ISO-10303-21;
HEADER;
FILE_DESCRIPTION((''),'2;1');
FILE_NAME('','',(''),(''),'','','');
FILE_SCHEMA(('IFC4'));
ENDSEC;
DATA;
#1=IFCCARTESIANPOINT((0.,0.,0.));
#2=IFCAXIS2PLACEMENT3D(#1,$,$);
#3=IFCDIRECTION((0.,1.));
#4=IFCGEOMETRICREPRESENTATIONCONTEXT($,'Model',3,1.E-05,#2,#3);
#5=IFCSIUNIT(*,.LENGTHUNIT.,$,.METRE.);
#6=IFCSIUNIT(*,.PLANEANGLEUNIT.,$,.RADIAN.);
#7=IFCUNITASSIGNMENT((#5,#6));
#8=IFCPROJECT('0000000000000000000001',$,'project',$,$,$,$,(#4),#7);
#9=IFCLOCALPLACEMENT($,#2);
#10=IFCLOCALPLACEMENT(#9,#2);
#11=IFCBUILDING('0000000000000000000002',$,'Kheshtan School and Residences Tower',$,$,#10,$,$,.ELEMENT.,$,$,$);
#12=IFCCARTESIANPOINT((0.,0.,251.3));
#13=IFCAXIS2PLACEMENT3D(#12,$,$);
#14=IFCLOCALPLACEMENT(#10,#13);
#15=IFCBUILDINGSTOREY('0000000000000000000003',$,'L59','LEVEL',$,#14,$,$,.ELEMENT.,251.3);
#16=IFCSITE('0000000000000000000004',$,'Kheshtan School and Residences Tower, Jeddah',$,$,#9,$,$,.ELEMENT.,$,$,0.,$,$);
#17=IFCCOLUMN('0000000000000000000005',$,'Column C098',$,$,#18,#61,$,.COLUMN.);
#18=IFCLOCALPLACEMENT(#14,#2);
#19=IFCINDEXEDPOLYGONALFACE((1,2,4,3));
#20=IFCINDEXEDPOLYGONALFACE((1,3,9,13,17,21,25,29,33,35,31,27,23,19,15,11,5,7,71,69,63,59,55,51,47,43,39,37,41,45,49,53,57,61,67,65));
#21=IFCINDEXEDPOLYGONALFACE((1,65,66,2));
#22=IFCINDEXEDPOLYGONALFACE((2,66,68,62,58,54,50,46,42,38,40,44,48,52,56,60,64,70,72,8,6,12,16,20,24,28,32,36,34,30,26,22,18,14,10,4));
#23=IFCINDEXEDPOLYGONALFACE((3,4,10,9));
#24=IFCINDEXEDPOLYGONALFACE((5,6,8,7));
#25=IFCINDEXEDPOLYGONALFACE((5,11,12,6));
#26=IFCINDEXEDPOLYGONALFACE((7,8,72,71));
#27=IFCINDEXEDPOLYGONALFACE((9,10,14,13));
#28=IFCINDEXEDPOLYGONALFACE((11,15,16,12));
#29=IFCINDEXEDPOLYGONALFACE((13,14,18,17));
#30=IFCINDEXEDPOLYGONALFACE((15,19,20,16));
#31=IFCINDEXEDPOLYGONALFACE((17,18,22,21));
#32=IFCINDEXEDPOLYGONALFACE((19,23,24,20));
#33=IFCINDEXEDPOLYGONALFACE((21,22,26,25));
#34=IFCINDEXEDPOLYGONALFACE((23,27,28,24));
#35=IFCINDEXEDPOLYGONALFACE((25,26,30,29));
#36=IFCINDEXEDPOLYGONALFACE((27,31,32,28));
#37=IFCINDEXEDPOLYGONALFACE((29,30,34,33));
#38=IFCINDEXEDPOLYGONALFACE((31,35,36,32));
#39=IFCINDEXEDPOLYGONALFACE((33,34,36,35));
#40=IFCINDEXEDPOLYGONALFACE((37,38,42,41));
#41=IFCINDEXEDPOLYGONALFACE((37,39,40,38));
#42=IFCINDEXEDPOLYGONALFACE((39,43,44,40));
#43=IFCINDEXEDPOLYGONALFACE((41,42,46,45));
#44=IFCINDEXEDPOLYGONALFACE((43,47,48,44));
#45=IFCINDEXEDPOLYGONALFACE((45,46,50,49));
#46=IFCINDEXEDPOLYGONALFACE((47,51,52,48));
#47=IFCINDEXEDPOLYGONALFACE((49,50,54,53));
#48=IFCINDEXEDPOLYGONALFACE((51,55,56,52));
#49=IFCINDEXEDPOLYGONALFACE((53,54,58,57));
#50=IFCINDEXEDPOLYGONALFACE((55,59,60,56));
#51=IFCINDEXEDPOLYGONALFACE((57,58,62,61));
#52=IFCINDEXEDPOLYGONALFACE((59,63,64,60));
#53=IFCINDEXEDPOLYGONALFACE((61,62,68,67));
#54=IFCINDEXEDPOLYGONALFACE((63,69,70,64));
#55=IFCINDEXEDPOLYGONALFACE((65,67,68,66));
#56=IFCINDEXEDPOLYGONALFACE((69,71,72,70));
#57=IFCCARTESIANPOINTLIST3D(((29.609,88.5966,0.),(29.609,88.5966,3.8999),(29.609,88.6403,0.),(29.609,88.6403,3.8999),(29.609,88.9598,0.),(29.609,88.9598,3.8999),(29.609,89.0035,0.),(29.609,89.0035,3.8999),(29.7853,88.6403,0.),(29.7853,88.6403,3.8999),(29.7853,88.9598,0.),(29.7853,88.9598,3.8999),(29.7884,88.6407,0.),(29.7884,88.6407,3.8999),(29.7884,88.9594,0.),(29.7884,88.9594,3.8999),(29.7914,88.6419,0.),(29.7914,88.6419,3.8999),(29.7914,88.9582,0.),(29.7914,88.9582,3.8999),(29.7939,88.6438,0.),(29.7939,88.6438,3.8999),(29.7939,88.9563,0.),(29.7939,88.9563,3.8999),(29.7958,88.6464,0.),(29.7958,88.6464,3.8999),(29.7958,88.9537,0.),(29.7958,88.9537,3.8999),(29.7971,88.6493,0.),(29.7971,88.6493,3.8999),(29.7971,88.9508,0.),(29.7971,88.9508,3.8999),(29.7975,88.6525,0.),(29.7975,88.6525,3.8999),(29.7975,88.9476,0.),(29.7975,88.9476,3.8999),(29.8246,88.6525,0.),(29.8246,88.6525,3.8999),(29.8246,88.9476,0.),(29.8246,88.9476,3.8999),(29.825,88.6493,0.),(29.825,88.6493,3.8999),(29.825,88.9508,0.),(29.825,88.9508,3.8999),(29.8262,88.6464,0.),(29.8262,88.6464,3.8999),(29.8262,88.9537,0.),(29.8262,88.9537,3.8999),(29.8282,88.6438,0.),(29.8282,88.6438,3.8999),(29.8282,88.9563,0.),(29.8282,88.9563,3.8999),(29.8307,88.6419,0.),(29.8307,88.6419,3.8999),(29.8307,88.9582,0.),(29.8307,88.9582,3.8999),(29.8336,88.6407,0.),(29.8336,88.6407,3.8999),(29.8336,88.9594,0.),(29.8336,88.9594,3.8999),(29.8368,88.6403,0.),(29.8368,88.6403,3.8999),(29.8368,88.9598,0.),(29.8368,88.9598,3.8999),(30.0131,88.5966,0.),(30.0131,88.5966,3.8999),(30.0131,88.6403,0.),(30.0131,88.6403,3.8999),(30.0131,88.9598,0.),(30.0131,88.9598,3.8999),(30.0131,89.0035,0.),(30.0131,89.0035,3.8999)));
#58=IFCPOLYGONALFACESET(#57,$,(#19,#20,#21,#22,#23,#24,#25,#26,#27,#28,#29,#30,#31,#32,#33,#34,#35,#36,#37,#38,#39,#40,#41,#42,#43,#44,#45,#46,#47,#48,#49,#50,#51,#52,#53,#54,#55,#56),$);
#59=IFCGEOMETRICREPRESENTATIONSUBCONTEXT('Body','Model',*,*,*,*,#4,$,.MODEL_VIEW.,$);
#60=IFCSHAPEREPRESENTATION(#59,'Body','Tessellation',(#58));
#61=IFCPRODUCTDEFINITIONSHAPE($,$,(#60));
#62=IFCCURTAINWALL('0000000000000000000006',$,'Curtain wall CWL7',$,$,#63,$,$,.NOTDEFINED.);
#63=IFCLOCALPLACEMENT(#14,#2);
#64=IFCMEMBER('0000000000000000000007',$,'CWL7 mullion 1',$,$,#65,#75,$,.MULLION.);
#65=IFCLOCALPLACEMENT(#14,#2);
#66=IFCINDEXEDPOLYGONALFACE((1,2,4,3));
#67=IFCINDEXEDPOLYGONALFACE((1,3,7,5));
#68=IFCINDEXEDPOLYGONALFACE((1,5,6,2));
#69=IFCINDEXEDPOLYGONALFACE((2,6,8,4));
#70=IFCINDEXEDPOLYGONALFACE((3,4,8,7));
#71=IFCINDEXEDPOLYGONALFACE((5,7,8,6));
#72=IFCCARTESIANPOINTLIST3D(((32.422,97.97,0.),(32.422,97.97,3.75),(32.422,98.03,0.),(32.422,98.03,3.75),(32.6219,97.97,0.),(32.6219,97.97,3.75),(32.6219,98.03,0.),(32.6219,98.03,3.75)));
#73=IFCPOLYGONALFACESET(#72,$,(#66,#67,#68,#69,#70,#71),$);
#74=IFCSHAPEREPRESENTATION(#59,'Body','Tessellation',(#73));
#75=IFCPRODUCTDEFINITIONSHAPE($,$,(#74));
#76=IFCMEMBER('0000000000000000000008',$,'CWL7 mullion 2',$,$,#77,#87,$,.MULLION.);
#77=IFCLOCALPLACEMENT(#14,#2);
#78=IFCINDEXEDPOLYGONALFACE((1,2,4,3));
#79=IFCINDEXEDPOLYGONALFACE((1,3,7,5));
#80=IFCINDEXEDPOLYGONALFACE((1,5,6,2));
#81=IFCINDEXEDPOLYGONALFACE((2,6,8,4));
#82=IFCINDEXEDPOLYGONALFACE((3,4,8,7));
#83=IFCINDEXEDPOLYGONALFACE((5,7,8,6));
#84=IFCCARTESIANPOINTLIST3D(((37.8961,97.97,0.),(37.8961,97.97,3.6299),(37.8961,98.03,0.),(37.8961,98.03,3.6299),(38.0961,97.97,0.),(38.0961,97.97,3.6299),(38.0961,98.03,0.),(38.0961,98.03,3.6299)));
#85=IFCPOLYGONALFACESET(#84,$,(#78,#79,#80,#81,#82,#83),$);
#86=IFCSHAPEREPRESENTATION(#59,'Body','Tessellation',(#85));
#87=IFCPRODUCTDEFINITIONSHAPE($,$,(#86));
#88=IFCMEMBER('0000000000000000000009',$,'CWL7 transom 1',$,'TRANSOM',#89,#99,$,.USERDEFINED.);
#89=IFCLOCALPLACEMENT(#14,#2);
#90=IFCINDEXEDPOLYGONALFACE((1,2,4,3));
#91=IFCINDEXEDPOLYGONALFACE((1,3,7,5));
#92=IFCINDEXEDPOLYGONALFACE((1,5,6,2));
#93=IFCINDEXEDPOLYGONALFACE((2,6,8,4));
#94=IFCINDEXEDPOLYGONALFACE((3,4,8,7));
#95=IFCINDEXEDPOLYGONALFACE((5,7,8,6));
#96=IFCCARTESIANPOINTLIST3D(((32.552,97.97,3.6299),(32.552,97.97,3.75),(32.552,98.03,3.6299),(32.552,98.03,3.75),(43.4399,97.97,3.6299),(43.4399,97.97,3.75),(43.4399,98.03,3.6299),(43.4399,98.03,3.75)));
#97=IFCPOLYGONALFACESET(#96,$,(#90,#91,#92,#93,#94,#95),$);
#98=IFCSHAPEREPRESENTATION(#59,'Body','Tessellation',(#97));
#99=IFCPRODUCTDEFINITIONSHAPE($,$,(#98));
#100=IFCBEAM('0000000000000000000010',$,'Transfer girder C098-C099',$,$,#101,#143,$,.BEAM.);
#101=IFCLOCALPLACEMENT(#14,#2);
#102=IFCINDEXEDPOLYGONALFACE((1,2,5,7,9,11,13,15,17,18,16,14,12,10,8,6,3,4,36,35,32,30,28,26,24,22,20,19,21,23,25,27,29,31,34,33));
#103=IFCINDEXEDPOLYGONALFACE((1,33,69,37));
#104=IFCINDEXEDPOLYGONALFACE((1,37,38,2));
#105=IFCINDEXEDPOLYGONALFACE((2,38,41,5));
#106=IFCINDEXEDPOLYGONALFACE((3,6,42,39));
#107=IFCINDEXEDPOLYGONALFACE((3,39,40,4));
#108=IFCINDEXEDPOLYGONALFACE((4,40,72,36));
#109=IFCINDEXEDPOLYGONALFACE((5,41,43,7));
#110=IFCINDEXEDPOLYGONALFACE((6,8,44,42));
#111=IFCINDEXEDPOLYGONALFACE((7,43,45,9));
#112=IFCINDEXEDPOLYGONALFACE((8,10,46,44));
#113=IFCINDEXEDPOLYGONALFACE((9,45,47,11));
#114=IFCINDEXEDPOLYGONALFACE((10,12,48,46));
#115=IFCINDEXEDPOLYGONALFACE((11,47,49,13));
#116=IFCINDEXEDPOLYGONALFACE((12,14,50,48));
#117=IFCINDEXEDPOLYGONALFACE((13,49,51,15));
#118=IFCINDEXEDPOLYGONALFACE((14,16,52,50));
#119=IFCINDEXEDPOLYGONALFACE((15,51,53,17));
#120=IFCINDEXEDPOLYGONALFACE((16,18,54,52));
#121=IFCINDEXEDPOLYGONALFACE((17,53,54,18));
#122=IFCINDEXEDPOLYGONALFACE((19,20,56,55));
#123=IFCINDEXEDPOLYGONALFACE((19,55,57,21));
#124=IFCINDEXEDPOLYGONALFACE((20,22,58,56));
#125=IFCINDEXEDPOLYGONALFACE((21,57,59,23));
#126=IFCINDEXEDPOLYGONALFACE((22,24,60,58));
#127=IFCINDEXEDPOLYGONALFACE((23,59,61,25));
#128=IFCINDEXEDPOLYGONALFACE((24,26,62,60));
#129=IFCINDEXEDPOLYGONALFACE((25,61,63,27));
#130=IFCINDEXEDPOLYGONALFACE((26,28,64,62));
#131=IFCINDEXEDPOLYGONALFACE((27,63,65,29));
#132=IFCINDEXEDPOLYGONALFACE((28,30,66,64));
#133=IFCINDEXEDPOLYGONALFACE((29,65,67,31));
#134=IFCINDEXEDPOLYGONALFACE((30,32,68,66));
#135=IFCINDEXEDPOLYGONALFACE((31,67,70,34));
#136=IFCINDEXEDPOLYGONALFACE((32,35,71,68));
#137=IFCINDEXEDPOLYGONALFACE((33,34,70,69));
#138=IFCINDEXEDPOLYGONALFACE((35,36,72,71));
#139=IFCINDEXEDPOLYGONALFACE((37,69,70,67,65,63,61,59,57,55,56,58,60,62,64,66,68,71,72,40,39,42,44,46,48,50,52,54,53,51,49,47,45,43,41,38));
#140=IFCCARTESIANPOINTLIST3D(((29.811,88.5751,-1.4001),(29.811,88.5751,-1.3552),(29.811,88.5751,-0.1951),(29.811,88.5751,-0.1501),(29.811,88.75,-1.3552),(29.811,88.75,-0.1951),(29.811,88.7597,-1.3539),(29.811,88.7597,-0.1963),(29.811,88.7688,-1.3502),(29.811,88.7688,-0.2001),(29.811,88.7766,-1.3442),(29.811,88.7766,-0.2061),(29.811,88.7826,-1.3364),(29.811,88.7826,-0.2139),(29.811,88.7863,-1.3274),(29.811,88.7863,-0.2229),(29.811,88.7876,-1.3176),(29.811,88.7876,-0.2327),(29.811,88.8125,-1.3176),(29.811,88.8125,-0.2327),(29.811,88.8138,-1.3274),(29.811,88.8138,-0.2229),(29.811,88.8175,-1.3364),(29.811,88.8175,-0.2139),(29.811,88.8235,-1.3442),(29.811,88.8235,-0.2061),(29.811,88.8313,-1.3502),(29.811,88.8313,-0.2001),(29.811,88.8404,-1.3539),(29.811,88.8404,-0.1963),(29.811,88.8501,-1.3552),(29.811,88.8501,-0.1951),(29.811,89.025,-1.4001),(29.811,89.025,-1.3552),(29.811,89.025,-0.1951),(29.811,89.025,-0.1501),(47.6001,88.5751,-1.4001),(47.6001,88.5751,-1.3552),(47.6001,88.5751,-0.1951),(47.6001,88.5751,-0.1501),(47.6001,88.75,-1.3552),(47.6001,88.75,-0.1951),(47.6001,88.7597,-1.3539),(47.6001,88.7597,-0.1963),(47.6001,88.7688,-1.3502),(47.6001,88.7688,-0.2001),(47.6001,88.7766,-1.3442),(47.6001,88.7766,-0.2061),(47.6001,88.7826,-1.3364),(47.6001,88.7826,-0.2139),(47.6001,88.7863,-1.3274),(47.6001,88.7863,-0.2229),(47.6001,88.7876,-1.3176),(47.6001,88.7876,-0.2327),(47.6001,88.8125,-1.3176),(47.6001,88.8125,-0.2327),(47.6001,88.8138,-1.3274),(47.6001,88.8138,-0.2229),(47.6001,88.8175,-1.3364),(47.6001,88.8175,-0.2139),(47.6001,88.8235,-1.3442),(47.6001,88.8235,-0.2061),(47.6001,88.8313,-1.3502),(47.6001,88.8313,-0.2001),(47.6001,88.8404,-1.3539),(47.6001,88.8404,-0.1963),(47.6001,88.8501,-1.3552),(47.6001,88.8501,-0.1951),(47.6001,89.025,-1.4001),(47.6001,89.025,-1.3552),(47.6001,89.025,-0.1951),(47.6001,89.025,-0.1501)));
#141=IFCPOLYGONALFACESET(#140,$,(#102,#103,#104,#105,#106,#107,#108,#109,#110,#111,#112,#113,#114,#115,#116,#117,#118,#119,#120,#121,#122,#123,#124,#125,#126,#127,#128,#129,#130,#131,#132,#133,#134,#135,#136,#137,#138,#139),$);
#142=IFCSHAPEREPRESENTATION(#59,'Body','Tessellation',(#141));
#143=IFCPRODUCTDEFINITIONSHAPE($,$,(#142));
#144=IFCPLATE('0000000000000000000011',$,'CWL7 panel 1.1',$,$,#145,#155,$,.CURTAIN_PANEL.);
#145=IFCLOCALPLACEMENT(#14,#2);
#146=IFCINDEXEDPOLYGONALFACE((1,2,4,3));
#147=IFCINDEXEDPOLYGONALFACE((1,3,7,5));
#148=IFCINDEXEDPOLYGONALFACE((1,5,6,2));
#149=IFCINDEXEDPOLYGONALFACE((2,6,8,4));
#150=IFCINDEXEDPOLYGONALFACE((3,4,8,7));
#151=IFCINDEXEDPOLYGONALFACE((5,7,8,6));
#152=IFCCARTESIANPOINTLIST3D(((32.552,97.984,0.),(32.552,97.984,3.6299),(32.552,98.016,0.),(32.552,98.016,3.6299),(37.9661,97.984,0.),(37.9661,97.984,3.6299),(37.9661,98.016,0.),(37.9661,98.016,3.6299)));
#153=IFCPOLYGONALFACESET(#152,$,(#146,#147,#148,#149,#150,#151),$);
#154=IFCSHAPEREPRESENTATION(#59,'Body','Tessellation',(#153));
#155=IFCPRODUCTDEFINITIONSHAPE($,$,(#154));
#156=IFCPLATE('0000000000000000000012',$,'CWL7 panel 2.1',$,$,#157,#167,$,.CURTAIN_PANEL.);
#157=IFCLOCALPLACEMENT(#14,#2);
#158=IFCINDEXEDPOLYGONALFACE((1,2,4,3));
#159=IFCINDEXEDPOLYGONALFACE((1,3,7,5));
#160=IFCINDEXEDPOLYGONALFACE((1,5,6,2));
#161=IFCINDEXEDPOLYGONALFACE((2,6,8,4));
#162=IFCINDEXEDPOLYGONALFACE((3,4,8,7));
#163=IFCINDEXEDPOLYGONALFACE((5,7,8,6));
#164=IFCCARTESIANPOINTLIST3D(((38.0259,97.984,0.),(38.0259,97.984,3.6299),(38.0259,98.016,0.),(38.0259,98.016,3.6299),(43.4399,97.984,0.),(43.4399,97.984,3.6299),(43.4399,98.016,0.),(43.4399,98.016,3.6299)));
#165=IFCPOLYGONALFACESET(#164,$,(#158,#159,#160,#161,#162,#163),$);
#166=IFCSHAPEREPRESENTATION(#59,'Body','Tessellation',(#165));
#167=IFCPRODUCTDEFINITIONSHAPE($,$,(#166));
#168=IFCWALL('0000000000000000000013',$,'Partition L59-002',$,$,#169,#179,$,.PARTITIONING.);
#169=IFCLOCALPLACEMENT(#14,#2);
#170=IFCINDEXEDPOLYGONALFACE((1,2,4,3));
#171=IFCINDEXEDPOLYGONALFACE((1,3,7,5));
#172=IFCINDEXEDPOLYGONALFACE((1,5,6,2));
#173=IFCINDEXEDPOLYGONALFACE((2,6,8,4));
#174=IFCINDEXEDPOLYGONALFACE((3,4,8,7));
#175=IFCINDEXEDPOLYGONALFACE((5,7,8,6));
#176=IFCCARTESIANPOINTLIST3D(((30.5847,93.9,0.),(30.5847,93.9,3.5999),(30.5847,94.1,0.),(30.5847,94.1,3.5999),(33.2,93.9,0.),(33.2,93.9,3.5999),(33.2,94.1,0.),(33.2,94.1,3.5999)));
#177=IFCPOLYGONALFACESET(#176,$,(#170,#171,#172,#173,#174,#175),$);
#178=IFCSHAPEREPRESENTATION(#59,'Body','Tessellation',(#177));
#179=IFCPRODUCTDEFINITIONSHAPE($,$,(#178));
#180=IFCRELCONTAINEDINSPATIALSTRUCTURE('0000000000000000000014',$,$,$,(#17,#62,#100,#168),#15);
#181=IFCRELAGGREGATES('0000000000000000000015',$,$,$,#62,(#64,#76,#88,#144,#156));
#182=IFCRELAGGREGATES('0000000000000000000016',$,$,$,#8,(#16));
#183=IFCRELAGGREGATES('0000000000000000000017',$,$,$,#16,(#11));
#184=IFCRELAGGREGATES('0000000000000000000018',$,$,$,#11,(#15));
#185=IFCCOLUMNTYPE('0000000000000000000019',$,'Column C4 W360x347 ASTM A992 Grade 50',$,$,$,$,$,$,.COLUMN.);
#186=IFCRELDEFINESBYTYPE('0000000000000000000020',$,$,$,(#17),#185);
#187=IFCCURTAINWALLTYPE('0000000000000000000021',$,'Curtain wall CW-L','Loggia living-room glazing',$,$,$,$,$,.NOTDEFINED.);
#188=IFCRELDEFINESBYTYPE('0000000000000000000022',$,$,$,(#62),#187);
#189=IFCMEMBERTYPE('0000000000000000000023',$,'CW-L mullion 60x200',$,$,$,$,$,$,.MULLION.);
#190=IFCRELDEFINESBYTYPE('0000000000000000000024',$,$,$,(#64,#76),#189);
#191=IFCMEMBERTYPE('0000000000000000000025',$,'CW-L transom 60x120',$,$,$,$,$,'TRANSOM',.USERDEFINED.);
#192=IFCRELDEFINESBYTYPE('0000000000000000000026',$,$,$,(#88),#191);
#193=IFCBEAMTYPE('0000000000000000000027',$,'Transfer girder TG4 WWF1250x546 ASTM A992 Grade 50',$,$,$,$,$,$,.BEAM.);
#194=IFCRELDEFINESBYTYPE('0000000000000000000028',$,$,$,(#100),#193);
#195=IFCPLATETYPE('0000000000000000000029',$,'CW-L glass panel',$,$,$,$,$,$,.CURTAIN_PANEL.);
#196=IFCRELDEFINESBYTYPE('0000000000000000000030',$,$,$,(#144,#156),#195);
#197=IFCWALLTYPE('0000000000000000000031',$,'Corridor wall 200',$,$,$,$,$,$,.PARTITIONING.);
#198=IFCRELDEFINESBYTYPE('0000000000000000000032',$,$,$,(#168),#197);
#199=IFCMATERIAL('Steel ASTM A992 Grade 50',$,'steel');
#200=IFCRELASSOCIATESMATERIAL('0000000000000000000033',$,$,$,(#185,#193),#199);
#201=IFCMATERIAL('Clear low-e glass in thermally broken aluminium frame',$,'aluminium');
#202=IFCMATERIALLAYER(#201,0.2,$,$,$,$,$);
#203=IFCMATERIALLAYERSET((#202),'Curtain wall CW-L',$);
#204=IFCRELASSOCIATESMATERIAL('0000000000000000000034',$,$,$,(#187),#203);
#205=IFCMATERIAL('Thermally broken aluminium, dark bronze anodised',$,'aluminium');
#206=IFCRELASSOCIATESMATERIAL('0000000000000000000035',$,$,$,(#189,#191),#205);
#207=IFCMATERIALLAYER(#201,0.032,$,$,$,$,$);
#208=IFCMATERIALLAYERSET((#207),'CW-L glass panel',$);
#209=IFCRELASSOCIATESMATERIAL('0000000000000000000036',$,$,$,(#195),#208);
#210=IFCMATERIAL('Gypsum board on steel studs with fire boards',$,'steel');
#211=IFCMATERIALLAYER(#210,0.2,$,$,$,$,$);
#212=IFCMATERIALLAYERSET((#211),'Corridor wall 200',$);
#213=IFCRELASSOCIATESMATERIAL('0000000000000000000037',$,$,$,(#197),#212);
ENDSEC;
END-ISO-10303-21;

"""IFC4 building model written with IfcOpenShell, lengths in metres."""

from ifc_helpers import new_model, si_unit, direction, frame, frame_2d, origin, origin_2d, place, context, subcontext, project, spatial, rectangle, i_section, extrude, material, layer, layer_set, material_profile, profile_set, type_object, element, aggregate, save


model = new_model("IFC4")

# Units and contexts
model_context = context("Model", 3, precision=1e-05, world=origin(), true_north=direction((0.0, 1.0)))
body_context = subcontext(model_context, "Body", "Model", "MODEL_VIEW")
ifc_project = project(units=[si_unit("LENGTHUNIT", "METRE"), si_unit("PLANEANGLEUNIT", "RADIAN")], contexts=[model_context])

# Site, building, storey
site_placement = place(None, origin())
site = spatial("IfcSite", under=ifc_project, at=site_placement, Name="Kheshtan School and Residences Tower, Jeddah", CompositionType="ELEMENT", RefElevation=0.0)
building_placement = place(site_placement, origin())
building = spatial("IfcBuilding", under=site, at=building_placement, Name="Kheshtan School and Residences Tower", CompositionType="ELEMENT")
storey_placement = place(building_placement, frame((0.0, 0.0, 251.3)))
storey = spatial("IfcBuildingStorey", under=building, at=storey_placement, Name="L59", Description="LEVEL", CompositionType="ELEMENT", Elevation=251.3)

# Column
ifc_material_1 = material(Name="Steel ASTM A992 Grade 50", Category="steel")
ifc_material_profile_1 = material_profile(ifc_material_1, i_section(OverallWidth=0.4041, OverallDepth=0.407, WebThickness=0.0271, FlangeThickness=0.0437, FilletRadius=0.0122, at=origin_2d()), Name="W360x347")
ifc_profile_set_1 = profile_set([ifc_material_profile_1], Name="Steel ASTM A992 Grade 50")
column_type = type_object("IfcColumnType", Name="Column C4 W360x347 ASTM A992 Grade 50", PredefinedType="COLUMN", material=ifc_profile_set_1)
column_placement = place(storey_placement, frame((29.811, 88.8, 0.0), z_axis=(0.0, 0.0, 1.0), x_axis=(1.0, 0.0, 0.0)))
element("IfcColumn", 1, at=column_placement, inside=storey, type_object=column_type, Name="Column C098", PredefinedType="COLUMN", context=body_context, shape_type="SweptSolid", body=[
    extrude(i_section(OverallWidth=0.4041, OverallDepth=0.407, WebThickness=0.0271, FlangeThickness=0.0437, FilletRadius=0.0122, at=origin_2d()), origin(), (0.0, 0.0, 1.0), 3.8999),
])

# Curtain wall, members
ifc_material_2 = material(Name="Clear low-e glass in thermally broken aluminium frame", Category="aluminium")
ifc_layer_1 = layer(ifc_material_2, 0.2)
ifc_layer_set_1 = layer_set([ifc_layer_1], Name="Curtain wall CW-L")
curtain_wall_type = type_object("IfcCurtainWallType", Name="Curtain wall CW-L", Description="Loggia living-room glazing", PredefinedType="NOTDEFINED", material=ifc_layer_set_1)
curtain_wall_placement = place(storey_placement, origin())
curtain_wall = element("IfcCurtainWall", 2, at=curtain_wall_placement, inside=storey, type_object=curtain_wall_type, Name="Curtain wall CWL7", PredefinedType="NOTDEFINED")
ifc_material_3 = material(Name="Thermally broken aluminium, dark bronze anodised", Category="aluminium")
ifc_material_profile_2 = material_profile(ifc_material_3, rectangle(XDim=0.0601, YDim=0.2, at=origin_2d()), Name="CW-L mullion 60x200")
ifc_profile_set_2 = profile_set([ifc_material_profile_2], Name="Thermally broken aluminium, dark bronze anodised")
member_type_1 = type_object("IfcMemberType", Name="CW-L mullion 60x200", PredefinedType="MULLION", material=ifc_profile_set_2)
member_1_placement = place(storey_placement, frame((32.522, 98.0, 0.0), z_axis=(0.0, 0.0, 1.0), x_axis=(0.0, 1.0, 0.0)))
member_1 = element("IfcMember", 3, at=member_1_placement, type_object=member_type_1, Name="CWL7 mullion 1", PredefinedType="MULLION", context=body_context, shape_type="SweptSolid", body=[
    extrude(rectangle(XDim=0.0601, YDim=0.2, at=origin_2d()), origin(), (0.0, 0.0, 1.0), 3.75),
])
member_2_placement = place(storey_placement, frame((37.9961, 98.0, 0.0), z_axis=(0.0, 0.0, 1.0), x_axis=(0.0, 1.0, 0.0)))
member_2 = element("IfcMember", 4, at=member_2_placement, type_object=member_type_1, Name="CWL7 mullion 2", PredefinedType="MULLION", context=body_context, shape_type="SweptSolid", body=[
    extrude(rectangle(XDim=0.0601, YDim=0.2, at=origin_2d()), origin(), (0.0, 0.0, 1.0), 3.6299),
])
ifc_material_profile_3 = material_profile(ifc_material_3, rectangle(XDim=0.0601, YDim=0.1201, at=origin_2d()), Name="CW-L transom 60x120")
ifc_profile_set_3 = profile_set([ifc_material_profile_3], Name="Thermally broken aluminium, dark bronze anodised")
member_type_2 = type_object("IfcMemberType", Name="CW-L transom 60x120", ElementType="TRANSOM", PredefinedType="USERDEFINED", material=ifc_profile_set_3)
member_3_placement = place(storey_placement, frame((32.552, 98.0, 3.6899), z_axis=(1.0, 0.0, 0.0), x_axis=(0.0, 1.0, 0.0)))
member_3 = element("IfcMember", 5, at=member_3_placement, type_object=member_type_2, Name="CWL7 transom 1", ObjectType="TRANSOM", PredefinedType="USERDEFINED", context=body_context, shape_type="SweptSolid", body=[
    extrude(rectangle(XDim=0.0601, YDim=0.1201, at=origin_2d()), origin(), (0.0, 0.0, 1.0), 10.8879),
])

# Beam
ifc_material_profile_4 = material_profile(ifc_material_1, i_section(OverallWidth=0.45, OverallDepth=1.25, WebThickness=0.0249, FlangeThickness=0.0449, FilletRadius=0.0376, at=origin_2d()), Name="WWF1250x546")
ifc_profile_set_4 = profile_set([ifc_material_profile_4], Name="Steel ASTM A992 Grade 50")
beam_type = type_object("IfcBeamType", Name="Transfer girder TG4 WWF1250x546 ASTM A992 Grade 50", PredefinedType="BEAM", material=ifc_profile_set_4)
beam_placement = place(storey_placement, frame((29.811, 88.8, -0.7751), z_axis=(1.0, 0.0, 0.0), x_axis=(0.0, 1.0, 0.0)))
element("IfcBeam", 6, at=beam_placement, inside=storey, type_object=beam_type, Name="Transfer girder C098-C099", PredefinedType="BEAM", context=body_context, shape_type="SweptSolid", body=[
    extrude(i_section(OverallWidth=0.45, OverallDepth=1.25, WebThickness=0.0249, FlangeThickness=0.0449, FilletRadius=0.0376, at=origin_2d()), origin(), (0.0, 0.0, 1.0), 17.7891),
])

# Plates
ifc_layer_2 = layer(ifc_material_2, 0.032)
ifc_layer_set_2 = layer_set([ifc_layer_2], Name="CW-L glass panel")
plate_type = type_object("IfcPlateType", Name="CW-L glass panel", PredefinedType="CURTAIN_PANEL", material=ifc_layer_set_2)
plate_1_placement = place(storey_placement, frame((35.259, 98.0, 0.0), z_axis=(0.0, 0.0, 1.0), x_axis=(1.0, 0.0, 0.0)))
plate_1 = element("IfcPlate", 7, at=plate_1_placement, type_object=plate_type, Name="CWL7 panel 1.1", PredefinedType="CURTAIN_PANEL", context=body_context, shape_type="SweptSolid", body=[
    extrude(rectangle(XDim=5.4141, YDim=0.032, at=origin_2d()), origin(), (0.0, 0.0, 1.0), 3.6299),
])
plate_2_placement = place(storey_placement, frame((40.7329, 98.0, 0.0), z_axis=(0.0, 0.0, 1.0), x_axis=(1.0, 0.0, 0.0)))
plate_2 = element("IfcPlate", 8, at=plate_2_placement, type_object=plate_type, Name="CWL7 panel 2.1", PredefinedType="CURTAIN_PANEL", context=body_context, shape_type="SweptSolid", body=[
    extrude(rectangle(XDim=5.4141, YDim=0.032, at=origin_2d()), origin(), (0.0, 0.0, 1.0), 3.6299),
])
aggregate(curtain_wall, [member_1, member_2, member_3, plate_1, plate_2])

# Wall
ifc_material_4 = material(Name="Gypsum board on steel studs with fire boards", Category="steel")
ifc_layer_3 = layer(ifc_material_4, 0.2)
ifc_layer_set_3 = layer_set([ifc_layer_3], Name="Corridor wall 200")
wall_type_1 = type_object("IfcWallType", Name="Corridor wall 200", PredefinedType="PARTITIONING", material=ifc_layer_set_3)
wall_1_placement = place(storey_placement, frame((30.5847, 94.0, 0.0), z_axis=(0.0, 0.0, 1.0), x_axis=(1.0, 0.0, 0.0)))
element("IfcWall", 9, at=wall_1_placement, inside=storey, type_object=wall_type_1, Name="Partition L59-002", PredefinedType="PARTITIONING", context=body_context, shape_type="SweptSolid", body=[
    extrude(rectangle(XDim=2.6152, YDim=0.2, at=frame_2d((1.3076, 0.0))), origin(), (0.0, 0.0, 1.0), 3.5999),
])

save(model, "model.ifc")
